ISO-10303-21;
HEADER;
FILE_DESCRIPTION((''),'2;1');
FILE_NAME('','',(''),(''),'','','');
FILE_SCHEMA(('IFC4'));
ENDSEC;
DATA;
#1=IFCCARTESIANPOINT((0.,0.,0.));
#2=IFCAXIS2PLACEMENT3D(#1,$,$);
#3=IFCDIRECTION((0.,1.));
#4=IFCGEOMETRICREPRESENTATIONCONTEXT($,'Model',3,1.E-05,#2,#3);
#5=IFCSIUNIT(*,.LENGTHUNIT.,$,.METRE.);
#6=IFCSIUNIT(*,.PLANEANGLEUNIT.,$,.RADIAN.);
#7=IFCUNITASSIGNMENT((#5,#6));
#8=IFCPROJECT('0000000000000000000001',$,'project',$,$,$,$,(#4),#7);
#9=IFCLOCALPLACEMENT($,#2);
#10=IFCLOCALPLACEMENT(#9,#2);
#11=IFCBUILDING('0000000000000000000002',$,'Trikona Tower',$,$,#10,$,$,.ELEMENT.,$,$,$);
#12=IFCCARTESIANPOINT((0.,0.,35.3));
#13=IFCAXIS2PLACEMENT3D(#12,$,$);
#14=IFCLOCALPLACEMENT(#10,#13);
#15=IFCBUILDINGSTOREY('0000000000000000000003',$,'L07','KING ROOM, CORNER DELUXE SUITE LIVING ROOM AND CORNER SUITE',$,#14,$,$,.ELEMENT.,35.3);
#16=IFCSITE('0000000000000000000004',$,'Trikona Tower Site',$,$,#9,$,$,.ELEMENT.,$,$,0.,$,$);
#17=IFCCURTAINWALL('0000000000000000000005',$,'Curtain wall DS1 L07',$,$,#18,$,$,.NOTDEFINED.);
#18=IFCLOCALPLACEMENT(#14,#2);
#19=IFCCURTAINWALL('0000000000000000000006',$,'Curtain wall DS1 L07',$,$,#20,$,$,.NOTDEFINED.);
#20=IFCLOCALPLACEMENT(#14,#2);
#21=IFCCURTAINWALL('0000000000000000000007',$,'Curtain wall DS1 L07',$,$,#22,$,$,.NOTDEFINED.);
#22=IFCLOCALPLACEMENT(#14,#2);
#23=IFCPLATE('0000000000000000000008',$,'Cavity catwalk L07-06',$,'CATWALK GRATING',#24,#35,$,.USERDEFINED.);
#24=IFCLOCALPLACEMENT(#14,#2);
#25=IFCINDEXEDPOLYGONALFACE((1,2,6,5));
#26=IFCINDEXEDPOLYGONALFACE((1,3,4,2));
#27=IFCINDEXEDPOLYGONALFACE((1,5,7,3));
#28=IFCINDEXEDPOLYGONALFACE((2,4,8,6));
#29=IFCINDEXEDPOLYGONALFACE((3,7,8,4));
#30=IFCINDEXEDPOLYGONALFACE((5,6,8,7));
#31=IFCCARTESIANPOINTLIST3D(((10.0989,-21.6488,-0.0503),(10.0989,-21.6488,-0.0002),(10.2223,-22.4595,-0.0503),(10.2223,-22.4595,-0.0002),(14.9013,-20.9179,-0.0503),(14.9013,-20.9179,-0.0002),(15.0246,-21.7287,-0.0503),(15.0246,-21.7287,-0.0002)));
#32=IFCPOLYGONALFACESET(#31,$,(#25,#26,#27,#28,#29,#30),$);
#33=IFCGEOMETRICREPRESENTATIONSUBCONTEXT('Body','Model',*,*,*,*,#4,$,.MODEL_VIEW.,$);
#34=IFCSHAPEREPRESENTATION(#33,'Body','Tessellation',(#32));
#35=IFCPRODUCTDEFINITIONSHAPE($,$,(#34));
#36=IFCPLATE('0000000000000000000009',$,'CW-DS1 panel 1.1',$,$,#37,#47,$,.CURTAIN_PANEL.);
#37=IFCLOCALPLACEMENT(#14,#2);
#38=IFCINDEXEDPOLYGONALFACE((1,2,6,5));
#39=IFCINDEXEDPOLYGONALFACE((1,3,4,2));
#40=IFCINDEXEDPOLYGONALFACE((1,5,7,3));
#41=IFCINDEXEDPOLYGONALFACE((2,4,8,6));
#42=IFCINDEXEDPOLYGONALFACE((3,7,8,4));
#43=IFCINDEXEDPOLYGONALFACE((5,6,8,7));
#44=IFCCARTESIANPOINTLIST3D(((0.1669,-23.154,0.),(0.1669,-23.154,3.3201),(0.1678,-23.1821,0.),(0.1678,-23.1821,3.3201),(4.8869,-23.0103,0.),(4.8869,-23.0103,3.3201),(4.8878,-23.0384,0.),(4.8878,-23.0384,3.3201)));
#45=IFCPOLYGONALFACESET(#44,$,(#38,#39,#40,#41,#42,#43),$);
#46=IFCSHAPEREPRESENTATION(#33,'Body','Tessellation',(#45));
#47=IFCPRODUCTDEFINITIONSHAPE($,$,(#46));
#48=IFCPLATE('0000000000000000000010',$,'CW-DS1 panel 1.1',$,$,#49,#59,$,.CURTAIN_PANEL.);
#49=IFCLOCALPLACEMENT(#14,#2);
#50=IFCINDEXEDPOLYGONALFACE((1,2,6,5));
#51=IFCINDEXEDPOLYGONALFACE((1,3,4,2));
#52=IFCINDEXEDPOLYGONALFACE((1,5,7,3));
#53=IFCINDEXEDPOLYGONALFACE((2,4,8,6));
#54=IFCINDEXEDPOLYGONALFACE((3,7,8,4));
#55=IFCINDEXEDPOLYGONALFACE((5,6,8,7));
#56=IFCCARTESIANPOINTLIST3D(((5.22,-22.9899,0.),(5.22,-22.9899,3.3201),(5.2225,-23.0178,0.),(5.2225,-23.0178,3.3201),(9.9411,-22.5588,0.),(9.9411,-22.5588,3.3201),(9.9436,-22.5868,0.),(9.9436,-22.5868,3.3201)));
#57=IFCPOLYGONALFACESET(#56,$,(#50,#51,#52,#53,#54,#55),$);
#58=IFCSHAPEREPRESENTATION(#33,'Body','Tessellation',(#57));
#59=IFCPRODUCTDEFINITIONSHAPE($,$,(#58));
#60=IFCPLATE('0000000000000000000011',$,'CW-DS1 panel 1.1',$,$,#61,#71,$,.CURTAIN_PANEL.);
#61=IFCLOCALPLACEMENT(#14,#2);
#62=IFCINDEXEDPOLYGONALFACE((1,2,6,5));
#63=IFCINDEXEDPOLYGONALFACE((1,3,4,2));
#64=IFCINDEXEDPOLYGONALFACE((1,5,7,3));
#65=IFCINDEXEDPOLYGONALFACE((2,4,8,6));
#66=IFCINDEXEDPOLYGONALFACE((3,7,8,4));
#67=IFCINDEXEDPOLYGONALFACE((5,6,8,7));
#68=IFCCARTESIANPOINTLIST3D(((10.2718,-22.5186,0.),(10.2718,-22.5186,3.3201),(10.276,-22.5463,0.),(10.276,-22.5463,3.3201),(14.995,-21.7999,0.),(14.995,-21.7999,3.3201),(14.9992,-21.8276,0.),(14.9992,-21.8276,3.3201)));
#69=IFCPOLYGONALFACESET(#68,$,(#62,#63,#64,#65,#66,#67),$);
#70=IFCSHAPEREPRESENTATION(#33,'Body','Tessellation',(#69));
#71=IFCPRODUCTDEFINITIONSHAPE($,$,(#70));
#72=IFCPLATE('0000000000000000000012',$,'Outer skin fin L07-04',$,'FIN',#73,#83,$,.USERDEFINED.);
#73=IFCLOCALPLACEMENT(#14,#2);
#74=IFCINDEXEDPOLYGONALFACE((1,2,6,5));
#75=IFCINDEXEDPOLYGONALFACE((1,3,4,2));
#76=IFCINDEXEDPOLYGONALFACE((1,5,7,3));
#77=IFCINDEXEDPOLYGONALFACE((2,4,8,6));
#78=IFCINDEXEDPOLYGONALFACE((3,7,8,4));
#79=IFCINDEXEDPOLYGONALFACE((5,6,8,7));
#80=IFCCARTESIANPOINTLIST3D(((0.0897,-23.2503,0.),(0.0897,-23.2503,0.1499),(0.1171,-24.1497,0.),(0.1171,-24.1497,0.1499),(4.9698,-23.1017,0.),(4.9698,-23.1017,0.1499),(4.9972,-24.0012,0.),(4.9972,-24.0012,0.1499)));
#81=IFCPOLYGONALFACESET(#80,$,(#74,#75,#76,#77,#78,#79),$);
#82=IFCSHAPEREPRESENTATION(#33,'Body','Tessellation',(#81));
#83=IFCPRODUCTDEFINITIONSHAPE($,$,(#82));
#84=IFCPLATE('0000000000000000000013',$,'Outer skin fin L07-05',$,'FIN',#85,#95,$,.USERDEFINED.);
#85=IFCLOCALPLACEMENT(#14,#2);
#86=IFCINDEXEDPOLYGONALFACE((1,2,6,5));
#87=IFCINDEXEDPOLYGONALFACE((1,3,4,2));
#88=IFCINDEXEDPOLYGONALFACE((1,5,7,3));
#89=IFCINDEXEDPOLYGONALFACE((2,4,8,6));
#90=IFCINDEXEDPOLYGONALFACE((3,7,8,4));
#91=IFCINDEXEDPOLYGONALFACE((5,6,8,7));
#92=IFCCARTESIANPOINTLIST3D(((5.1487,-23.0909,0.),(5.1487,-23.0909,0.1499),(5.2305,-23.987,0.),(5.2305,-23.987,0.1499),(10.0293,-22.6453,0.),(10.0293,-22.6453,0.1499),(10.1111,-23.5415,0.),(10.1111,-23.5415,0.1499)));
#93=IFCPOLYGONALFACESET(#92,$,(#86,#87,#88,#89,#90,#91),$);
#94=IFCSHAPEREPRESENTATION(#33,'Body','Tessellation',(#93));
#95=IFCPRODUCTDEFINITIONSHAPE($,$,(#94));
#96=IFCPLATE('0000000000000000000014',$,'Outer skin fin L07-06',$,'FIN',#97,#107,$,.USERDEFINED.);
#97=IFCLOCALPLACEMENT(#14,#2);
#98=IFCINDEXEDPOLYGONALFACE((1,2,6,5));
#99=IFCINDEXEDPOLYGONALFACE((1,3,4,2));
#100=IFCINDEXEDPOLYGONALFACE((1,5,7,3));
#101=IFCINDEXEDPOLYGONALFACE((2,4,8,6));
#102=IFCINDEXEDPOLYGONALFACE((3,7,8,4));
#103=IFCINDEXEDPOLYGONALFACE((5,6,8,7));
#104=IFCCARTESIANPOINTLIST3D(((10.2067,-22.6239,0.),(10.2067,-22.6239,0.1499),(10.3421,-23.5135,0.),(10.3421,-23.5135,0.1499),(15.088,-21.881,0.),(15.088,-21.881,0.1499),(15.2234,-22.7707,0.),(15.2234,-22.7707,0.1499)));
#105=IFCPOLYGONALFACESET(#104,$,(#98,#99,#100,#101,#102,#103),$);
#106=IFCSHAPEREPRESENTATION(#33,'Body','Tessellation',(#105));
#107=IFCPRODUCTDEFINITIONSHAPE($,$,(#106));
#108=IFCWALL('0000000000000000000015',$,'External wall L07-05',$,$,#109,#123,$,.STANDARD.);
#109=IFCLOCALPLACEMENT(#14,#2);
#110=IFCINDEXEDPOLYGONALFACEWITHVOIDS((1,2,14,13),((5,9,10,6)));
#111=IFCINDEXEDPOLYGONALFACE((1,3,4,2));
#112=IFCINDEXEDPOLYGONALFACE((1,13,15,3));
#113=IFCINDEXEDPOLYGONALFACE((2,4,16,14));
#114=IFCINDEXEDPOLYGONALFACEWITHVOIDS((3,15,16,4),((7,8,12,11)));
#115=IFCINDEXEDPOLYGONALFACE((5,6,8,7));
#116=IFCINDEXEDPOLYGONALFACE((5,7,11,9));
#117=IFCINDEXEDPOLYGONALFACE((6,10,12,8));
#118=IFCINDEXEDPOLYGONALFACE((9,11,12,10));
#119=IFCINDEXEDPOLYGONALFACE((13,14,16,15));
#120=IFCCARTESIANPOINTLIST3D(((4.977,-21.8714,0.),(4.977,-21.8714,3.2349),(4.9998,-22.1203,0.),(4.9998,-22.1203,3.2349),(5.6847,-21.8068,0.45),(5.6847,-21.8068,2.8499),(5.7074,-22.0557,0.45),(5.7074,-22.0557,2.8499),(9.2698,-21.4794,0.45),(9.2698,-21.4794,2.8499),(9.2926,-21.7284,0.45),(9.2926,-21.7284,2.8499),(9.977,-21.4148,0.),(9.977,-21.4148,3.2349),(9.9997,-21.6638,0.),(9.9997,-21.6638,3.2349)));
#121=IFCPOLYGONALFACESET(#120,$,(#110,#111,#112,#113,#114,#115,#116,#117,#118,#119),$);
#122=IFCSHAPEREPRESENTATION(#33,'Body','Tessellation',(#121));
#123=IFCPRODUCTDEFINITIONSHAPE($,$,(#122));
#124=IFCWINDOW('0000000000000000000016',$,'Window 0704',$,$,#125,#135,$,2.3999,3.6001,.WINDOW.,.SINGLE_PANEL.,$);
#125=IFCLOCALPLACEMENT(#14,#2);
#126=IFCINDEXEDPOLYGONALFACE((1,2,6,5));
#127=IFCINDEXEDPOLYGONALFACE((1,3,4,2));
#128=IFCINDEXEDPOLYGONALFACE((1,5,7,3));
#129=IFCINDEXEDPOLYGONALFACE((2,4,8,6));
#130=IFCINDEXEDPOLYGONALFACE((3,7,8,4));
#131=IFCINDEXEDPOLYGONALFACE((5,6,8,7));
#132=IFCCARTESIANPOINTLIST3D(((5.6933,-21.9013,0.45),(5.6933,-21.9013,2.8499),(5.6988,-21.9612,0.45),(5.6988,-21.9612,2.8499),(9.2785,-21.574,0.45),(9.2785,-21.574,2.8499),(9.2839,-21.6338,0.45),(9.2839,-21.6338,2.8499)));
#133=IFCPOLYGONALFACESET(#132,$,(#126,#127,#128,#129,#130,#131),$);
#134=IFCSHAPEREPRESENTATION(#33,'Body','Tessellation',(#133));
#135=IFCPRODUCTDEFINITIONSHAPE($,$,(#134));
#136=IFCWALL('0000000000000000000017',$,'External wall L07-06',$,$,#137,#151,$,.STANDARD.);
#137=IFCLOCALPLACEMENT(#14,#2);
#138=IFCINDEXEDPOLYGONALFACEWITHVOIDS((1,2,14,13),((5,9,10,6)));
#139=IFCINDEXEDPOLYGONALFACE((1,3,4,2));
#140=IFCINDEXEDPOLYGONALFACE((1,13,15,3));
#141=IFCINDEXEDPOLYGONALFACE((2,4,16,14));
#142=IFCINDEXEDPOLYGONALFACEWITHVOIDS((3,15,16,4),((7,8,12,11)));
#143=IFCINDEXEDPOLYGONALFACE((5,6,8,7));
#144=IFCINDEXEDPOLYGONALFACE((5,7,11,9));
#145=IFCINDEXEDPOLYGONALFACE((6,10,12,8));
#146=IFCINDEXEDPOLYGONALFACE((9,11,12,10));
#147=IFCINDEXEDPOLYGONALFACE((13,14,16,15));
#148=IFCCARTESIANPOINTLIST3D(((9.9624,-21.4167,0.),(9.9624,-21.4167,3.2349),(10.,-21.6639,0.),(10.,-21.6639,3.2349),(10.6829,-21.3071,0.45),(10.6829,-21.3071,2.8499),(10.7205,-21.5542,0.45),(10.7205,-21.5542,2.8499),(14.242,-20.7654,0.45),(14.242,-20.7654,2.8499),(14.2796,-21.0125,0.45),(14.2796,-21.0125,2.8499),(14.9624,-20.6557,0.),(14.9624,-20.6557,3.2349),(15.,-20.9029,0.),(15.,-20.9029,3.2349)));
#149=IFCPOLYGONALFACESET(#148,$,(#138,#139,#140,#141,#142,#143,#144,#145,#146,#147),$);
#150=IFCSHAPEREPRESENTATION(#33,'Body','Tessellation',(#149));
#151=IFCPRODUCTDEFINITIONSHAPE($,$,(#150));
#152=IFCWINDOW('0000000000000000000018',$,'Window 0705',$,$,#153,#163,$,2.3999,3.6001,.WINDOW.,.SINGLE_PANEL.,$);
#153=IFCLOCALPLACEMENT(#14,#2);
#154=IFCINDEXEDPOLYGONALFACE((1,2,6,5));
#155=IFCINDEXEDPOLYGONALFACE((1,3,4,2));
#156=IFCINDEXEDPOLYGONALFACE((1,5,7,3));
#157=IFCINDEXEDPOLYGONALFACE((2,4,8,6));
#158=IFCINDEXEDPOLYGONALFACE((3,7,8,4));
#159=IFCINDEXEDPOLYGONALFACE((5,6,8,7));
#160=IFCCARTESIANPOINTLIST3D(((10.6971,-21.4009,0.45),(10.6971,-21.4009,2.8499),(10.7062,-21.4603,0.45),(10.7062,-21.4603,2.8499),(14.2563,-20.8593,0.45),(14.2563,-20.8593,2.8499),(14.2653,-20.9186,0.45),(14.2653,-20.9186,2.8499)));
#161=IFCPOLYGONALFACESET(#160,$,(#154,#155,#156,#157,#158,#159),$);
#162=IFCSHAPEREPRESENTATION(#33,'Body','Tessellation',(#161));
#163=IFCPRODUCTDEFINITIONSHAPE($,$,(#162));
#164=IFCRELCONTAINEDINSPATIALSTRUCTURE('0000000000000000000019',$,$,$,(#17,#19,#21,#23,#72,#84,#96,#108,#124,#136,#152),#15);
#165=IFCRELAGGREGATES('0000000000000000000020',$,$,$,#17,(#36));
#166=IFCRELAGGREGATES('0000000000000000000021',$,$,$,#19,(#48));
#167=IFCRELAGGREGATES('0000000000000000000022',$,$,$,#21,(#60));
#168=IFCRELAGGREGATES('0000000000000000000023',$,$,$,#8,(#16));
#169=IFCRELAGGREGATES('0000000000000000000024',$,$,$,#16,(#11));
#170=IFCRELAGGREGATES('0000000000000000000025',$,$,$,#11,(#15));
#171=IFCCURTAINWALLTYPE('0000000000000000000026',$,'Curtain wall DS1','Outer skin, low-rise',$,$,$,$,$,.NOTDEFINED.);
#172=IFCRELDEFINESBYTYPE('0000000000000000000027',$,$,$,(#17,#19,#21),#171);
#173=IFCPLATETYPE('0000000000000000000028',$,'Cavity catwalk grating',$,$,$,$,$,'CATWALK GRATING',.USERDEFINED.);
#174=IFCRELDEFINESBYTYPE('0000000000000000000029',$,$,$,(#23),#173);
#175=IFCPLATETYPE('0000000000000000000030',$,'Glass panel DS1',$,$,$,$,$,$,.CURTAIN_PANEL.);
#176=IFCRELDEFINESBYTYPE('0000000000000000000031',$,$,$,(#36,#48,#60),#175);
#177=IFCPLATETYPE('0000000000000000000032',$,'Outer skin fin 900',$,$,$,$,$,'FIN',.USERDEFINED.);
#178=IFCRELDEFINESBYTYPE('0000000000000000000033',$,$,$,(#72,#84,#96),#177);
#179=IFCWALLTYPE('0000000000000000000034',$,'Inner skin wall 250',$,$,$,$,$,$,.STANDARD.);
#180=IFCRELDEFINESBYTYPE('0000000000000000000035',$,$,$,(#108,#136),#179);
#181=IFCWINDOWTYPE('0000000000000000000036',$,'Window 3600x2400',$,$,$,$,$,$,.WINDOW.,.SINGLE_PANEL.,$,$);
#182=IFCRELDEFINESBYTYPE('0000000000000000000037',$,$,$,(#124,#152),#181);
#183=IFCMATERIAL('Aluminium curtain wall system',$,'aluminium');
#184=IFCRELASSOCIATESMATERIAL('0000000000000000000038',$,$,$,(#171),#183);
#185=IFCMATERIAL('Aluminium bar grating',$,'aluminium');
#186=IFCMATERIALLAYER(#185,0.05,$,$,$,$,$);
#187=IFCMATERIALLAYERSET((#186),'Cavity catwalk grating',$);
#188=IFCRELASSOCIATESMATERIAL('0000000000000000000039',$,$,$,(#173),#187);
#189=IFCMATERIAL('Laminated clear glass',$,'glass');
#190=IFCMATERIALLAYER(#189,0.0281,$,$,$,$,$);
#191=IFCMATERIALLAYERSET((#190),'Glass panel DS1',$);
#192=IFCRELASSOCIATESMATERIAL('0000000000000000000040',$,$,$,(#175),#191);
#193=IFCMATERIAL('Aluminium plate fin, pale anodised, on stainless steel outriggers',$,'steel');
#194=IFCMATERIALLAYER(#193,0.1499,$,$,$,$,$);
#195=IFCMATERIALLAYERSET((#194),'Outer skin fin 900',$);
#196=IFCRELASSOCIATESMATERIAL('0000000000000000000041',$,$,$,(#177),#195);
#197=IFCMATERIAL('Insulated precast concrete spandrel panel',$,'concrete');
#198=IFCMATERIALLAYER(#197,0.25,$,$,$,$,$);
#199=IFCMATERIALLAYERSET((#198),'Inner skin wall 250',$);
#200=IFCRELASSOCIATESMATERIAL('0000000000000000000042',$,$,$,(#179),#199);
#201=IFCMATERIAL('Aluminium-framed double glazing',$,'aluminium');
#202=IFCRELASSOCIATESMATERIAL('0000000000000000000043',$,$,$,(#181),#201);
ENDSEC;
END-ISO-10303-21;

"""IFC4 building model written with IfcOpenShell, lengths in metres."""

from ifc_helpers import new_model, si_unit, direction, frame, frame_2d, origin, origin_2d, place, context, subcontext, project, spatial, rectangle, extrude, material, layer, layer_set, type_object, element, fill, aggregate, save


model = new_model("IFC4")

# Units and contexts
model_context = context("Model", 3, precision=1e-05, world=origin(), true_north=direction((0.0, 1.0)))
body_context = subcontext(model_context, "Body", "Model", "MODEL_VIEW")
ifc_project = project(units=[si_unit("LENGTHUNIT", "METRE"), si_unit("PLANEANGLEUNIT", "RADIAN")], contexts=[model_context])

# Site, building, storey
site_placement = place(None, origin())
site = spatial("IfcSite", under=ifc_project, at=site_placement, Name="Trikona Tower Site", CompositionType="ELEMENT", RefElevation=0.0)
building_placement = place(site_placement, origin())
building = spatial("IfcBuilding", under=site, at=building_placement, Name="Trikona Tower", CompositionType="ELEMENT")
storey_placement = place(building_placement, frame((0.0, 0.0, 35.3)))
storey = spatial("IfcBuildingStorey", under=building, at=storey_placement, Name="L07", Description="KING ROOM, CORNER DELUXE SUITE LIVING ROOM AND CORNER SUITE", CompositionType="ELEMENT", Elevation=35.3)

# Curtain walls
ifc_material_1 = material(Name="Aluminium curtain wall system", Category="aluminium")
curtain_wall_type = type_object("IfcCurtainWallType", Name="Curtain wall DS1", Description="Outer skin, low-rise", PredefinedType="NOTDEFINED", material=ifc_material_1)
curtain_wall_1_placement = place(storey_placement, origin())
curtain_wall_1 = element("IfcCurtainWall", 1, at=curtain_wall_1_placement, inside=storey, type_object=curtain_wall_type, Name="Curtain wall DS1 L07", PredefinedType="NOTDEFINED")
curtain_wall_2_placement = place(storey_placement, origin())
curtain_wall_2 = element("IfcCurtainWall", 2, at=curtain_wall_2_placement, inside=storey, type_object=curtain_wall_type, Name="Curtain wall DS1 L07", PredefinedType="NOTDEFINED")

# Curtain wall
curtain_wall_3_placement = place(storey_placement, origin())
curtain_wall_3 = element("IfcCurtainWall", 3, at=curtain_wall_3_placement, inside=storey, type_object=curtain_wall_type, Name="Curtain wall DS1 L07", PredefinedType="NOTDEFINED")

# Plate
ifc_material_2 = material(Name="Aluminium bar grating", Category="aluminium")
ifc_layer_1 = layer(ifc_material_2, 0.05)
ifc_layer_set_1 = layer_set([ifc_layer_1], Name="Cavity catwalk grating")
plate_type_1 = type_object("IfcPlateType", Name="Cavity catwalk grating", ElementType="CATWALK GRATING", PredefinedType="USERDEFINED", material=ifc_layer_set_1)
plate_1_placement = place(storey_placement, frame((12.5618, -21.6887, -0.0503), z_axis=(0.0, 0.0, 1.0), x_axis=(0.988618, 0.150448, 0.0)))
element("IfcPlate", 4, at=plate_1_placement, inside=storey, type_object=plate_type_1, Name="Cavity catwalk L07-06", ObjectType="CATWALK GRATING", PredefinedType="USERDEFINED", context=body_context, shape_type="SweptSolid", body=[
    extrude(rectangle(XDim=4.8577, YDim=0.8201, at=origin_2d()), origin(), (0.0, 0.0, 1.0), 0.05),
])

# Plates
ifc_material_3 = material(Name="Laminated clear glass", Category="glass")
ifc_layer_2 = layer(ifc_material_3, 0.0281)
ifc_layer_set_2 = layer_set([ifc_layer_2], Name="Glass panel DS1")
plate_type_2 = type_object("IfcPlateType", Name="Glass panel DS1", PredefinedType="CURTAIN_PANEL", material=ifc_layer_set_2)
plate_2_placement = place(storey_placement, frame((2.5273, -23.0962, 0.0), z_axis=(0.0, 0.0, 1.0), x_axis=(0.999537, 0.030437, 0.0)))
plate_2 = element("IfcPlate", 5, at=plate_2_placement, type_object=plate_type_2, Name="CW-DS1 panel 1.1", PredefinedType="CURTAIN_PANEL", context=body_context, shape_type="SweptSolid", body=[
    extrude(rectangle(XDim=4.7222, YDim=0.0281, at=origin_2d()), origin(), (0.0, 0.0, 1.0), 3.3201),
])
aggregate(curtain_wall_1, [plate_2])
plate_3_placement = place(storey_placement, frame((7.5818, -22.7883, 0.0), z_axis=(0.0, 0.0, 1.0), x_axis=(0.995858, 0.090924, 0.0)))
plate_3 = element("IfcPlate", 6, at=plate_3_placement, type_object=plate_type_2, Name="CW-DS1 panel 1.1", PredefinedType="CURTAIN_PANEL", context=body_context, shape_type="SweptSolid", body=[
    extrude(rectangle(XDim=4.7407, YDim=0.0281, at=origin_2d()), origin(), (0.0, 0.0, 1.0), 3.3201),
])
aggregate(curtain_wall_2, [plate_3])
plate_4_placement = place(storey_placement, frame((12.6355, -22.1731, 0.0), z_axis=(0.0, 0.0, 1.0), x_axis=(0.988619, 0.150438, 0.0)))
plate_4 = element("IfcPlate", 7, at=plate_4_placement, type_object=plate_type_2, Name="CW-DS1 panel 1.1", PredefinedType="CURTAIN_PANEL", context=body_context, shape_type="SweptSolid", body=[
    extrude(rectangle(XDim=4.7776, YDim=0.0281, at=origin_2d()), origin(), (0.0, 0.0, 1.0), 3.3201),
])
aggregate(curtain_wall_3, [plate_4])

# Plates
ifc_material_4 = material(Name="Aluminium plate fin, pale anodised, on stainless steel outriggers", Category="steel")
ifc_layer_3 = layer(ifc_material_4, 0.1499)
ifc_layer_set_3 = layer_set([ifc_layer_3], Name="Outer skin fin 900")
plate_type_3 = type_object("IfcPlateType", Name="Outer skin fin 900", ElementType="FIN", PredefinedType="USERDEFINED", material=ifc_layer_set_3)
plate_5_placement = place(storey_placement, frame((2.5435, -23.6257, 0.0), z_axis=(0.0, 0.0, 1.0), x_axis=(0.999537, 0.030425, 0.0)))
element("IfcPlate", 8, at=plate_5_placement, inside=storey, type_object=plate_type_3, Name="Outer skin fin L07-04", ObjectType="FIN", PredefinedType="USERDEFINED", context=body_context, shape_type="SweptSolid", body=[
    extrude(rectangle(XDim=4.8823, YDim=0.8999, at=origin_2d()), origin(), (0.0, 0.0, 1.0), 0.1499),
])
plate_6_placement = place(storey_placement, frame((7.6299, -23.3162, 0.0), z_axis=(0.0, 0.0, 1.0), x_axis=(0.995858, 0.090921, 0.0)))
element("IfcPlate", 9, at=plate_6_placement, inside=storey, type_object=plate_type_3, Name="Outer skin fin L07-05", ObjectType="FIN", PredefinedType="USERDEFINED", context=body_context, shape_type="SweptSolid", body=[
    extrude(rectangle(XDim=4.9009, YDim=0.8999, at=origin_2d()), origin(), (0.0, 0.0, 1.0), 0.1499),
])
plate_7_placement = place(storey_placement, frame((12.7151, -22.6973, 0.0), z_axis=(0.0, 0.0, 1.0), x_axis=(0.988618, 0.150448, 0.0)))
element("IfcPlate", 10, at=plate_7_placement, inside=storey, type_object=plate_type_3, Name="Outer skin fin L07-06", ObjectType="FIN", PredefinedType="USERDEFINED", context=body_context, shape_type="SweptSolid", body=[
    extrude(rectangle(XDim=4.9375, YDim=0.8999, at=origin_2d()), origin(), (0.0, 0.0, 1.0), 0.1499),
])

# Walls, openings, windows
ifc_material_5 = material(Name="Insulated precast concrete spandrel panel", Category="concrete")
ifc_layer_4 = layer(ifc_material_5, 0.25)
ifc_layer_set_4 = layer_set([ifc_layer_4], Name="Inner skin wall 250")
wall_type = type_object("IfcWallType", Name="Inner skin wall 250", PredefinedType="STANDARD", material=ifc_layer_set_4)
wall_1_placement = place(storey_placement, frame((4.9885, -21.9958, 0.0), z_axis=(0.0, 0.0, 1.0), x_axis=(0.995857, 0.09093, 0.0)))
wall_1 = element("IfcWall", 11, at=wall_1_placement, inside=storey, type_object=wall_type, Name="External wall L07-05", PredefinedType="STANDARD", context=body_context, shape_type="SweptSolid", body=[
    extrude(rectangle(XDim=5.0208, YDim=0.25, at=frame_2d((2.5103, 0.0))), origin(), (0.0, 0.0, 1.0), 3.2349),
])
opening_1_placement = place(wall_1_placement, frame((0.7104, 0.0, 0.45)))
opening_1 = element("IfcOpeningElement", 12, at=opening_1_placement, cuts=wall_1, PredefinedType="OPENING", context=body_context, shape_type="SweptSolid", body=[
    extrude(rectangle(XDim=3.6001, YDim=2.3999, at=frame_2d((1.8, 1.2))), frame((0.0, 0.135, 0.0), z_axis=(0.0, -1.0, 0.0), x_axis=(1.0, 0.0, 0.0)), (0.0, 0.0, 1.0), 0.27),
])
ifc_material_6 = material(Name="Aluminium-framed double glazing", Category="aluminium")
window_type_1 = type_object("IfcWindowType", Name="Window 3600x2400", PartitioningType="SINGLE_PANEL", PredefinedType="WINDOW", material=ifc_material_6)
window_1_placement = place(opening_1_placement, origin())
window_1 = element("IfcWindow", 13, at=window_1_placement, inside=storey, type_object=window_type_1, Name="Window 0704", OverallHeight=2.3999, OverallWidth=3.6001, PartitioningType="SINGLE_PANEL", PredefinedType="WINDOW", context=body_context, shape_type="SweptSolid", body=[
    extrude(rectangle(XDim=3.6001, YDim=2.3999, at=frame_2d((1.8, 1.2))), frame((0.0, 0.03, 0.0), z_axis=(0.0, -1.0, 0.0), x_axis=(1.0, 0.0, 0.0)), (0.0, 0.0, 1.0), 0.0601),
])
fill(opening_1, window_1)
wall_2_placement = place(storey_placement, frame((9.9812, -21.5403, 0.0), z_axis=(0.0, 0.0, 1.0), x_axis=(0.988615, 0.150465, 0.0)))
wall_2 = element("IfcWall", 14, at=wall_2_placement, inside=storey, type_object=wall_type, Name="External wall L07-06", PredefinedType="STANDARD", context=body_context, shape_type="SweptSolid", body=[
    extrude(rectangle(XDim=5.0576, YDim=0.25, at=frame_2d((2.5288, 0.0))), origin(), (0.0, 0.0, 1.0), 3.2349),
])
opening_2_placement = place(wall_2_placement, frame((0.7288, 0.0, 0.45)))
opening_2 = element("IfcOpeningElement", 15, at=opening_2_placement, cuts=wall_2, PredefinedType="OPENING", context=body_context, shape_type="SweptSolid", body=[
    extrude(rectangle(XDim=3.6001, YDim=2.3999, at=frame_2d((1.8, 1.2))), frame((0.0, 0.135, 0.0), z_axis=(0.0, -1.0, 0.0), x_axis=(1.0, 0.0, 0.0)), (0.0, 0.0, 1.0), 0.27),
])
window_2_placement = place(opening_2_placement, origin())
window_2 = element("IfcWindow", 16, at=window_2_placement, inside=storey, type_object=window_type_1, Name="Window 0705", OverallHeight=2.3999, OverallWidth=3.6001, PartitioningType="SINGLE_PANEL", PredefinedType="WINDOW", context=body_context, shape_type="SweptSolid", body=[
    extrude(rectangle(XDim=3.6001, YDim=2.3999, at=frame_2d((1.8, 1.2))), frame((0.0, 0.03, 0.0), z_axis=(0.0, -1.0, 0.0), x_axis=(1.0, 0.0, 0.0)), (0.0, 0.0, 1.0), 0.0601),
])
fill(opening_2, window_2)

save(model, "model.ifc")
